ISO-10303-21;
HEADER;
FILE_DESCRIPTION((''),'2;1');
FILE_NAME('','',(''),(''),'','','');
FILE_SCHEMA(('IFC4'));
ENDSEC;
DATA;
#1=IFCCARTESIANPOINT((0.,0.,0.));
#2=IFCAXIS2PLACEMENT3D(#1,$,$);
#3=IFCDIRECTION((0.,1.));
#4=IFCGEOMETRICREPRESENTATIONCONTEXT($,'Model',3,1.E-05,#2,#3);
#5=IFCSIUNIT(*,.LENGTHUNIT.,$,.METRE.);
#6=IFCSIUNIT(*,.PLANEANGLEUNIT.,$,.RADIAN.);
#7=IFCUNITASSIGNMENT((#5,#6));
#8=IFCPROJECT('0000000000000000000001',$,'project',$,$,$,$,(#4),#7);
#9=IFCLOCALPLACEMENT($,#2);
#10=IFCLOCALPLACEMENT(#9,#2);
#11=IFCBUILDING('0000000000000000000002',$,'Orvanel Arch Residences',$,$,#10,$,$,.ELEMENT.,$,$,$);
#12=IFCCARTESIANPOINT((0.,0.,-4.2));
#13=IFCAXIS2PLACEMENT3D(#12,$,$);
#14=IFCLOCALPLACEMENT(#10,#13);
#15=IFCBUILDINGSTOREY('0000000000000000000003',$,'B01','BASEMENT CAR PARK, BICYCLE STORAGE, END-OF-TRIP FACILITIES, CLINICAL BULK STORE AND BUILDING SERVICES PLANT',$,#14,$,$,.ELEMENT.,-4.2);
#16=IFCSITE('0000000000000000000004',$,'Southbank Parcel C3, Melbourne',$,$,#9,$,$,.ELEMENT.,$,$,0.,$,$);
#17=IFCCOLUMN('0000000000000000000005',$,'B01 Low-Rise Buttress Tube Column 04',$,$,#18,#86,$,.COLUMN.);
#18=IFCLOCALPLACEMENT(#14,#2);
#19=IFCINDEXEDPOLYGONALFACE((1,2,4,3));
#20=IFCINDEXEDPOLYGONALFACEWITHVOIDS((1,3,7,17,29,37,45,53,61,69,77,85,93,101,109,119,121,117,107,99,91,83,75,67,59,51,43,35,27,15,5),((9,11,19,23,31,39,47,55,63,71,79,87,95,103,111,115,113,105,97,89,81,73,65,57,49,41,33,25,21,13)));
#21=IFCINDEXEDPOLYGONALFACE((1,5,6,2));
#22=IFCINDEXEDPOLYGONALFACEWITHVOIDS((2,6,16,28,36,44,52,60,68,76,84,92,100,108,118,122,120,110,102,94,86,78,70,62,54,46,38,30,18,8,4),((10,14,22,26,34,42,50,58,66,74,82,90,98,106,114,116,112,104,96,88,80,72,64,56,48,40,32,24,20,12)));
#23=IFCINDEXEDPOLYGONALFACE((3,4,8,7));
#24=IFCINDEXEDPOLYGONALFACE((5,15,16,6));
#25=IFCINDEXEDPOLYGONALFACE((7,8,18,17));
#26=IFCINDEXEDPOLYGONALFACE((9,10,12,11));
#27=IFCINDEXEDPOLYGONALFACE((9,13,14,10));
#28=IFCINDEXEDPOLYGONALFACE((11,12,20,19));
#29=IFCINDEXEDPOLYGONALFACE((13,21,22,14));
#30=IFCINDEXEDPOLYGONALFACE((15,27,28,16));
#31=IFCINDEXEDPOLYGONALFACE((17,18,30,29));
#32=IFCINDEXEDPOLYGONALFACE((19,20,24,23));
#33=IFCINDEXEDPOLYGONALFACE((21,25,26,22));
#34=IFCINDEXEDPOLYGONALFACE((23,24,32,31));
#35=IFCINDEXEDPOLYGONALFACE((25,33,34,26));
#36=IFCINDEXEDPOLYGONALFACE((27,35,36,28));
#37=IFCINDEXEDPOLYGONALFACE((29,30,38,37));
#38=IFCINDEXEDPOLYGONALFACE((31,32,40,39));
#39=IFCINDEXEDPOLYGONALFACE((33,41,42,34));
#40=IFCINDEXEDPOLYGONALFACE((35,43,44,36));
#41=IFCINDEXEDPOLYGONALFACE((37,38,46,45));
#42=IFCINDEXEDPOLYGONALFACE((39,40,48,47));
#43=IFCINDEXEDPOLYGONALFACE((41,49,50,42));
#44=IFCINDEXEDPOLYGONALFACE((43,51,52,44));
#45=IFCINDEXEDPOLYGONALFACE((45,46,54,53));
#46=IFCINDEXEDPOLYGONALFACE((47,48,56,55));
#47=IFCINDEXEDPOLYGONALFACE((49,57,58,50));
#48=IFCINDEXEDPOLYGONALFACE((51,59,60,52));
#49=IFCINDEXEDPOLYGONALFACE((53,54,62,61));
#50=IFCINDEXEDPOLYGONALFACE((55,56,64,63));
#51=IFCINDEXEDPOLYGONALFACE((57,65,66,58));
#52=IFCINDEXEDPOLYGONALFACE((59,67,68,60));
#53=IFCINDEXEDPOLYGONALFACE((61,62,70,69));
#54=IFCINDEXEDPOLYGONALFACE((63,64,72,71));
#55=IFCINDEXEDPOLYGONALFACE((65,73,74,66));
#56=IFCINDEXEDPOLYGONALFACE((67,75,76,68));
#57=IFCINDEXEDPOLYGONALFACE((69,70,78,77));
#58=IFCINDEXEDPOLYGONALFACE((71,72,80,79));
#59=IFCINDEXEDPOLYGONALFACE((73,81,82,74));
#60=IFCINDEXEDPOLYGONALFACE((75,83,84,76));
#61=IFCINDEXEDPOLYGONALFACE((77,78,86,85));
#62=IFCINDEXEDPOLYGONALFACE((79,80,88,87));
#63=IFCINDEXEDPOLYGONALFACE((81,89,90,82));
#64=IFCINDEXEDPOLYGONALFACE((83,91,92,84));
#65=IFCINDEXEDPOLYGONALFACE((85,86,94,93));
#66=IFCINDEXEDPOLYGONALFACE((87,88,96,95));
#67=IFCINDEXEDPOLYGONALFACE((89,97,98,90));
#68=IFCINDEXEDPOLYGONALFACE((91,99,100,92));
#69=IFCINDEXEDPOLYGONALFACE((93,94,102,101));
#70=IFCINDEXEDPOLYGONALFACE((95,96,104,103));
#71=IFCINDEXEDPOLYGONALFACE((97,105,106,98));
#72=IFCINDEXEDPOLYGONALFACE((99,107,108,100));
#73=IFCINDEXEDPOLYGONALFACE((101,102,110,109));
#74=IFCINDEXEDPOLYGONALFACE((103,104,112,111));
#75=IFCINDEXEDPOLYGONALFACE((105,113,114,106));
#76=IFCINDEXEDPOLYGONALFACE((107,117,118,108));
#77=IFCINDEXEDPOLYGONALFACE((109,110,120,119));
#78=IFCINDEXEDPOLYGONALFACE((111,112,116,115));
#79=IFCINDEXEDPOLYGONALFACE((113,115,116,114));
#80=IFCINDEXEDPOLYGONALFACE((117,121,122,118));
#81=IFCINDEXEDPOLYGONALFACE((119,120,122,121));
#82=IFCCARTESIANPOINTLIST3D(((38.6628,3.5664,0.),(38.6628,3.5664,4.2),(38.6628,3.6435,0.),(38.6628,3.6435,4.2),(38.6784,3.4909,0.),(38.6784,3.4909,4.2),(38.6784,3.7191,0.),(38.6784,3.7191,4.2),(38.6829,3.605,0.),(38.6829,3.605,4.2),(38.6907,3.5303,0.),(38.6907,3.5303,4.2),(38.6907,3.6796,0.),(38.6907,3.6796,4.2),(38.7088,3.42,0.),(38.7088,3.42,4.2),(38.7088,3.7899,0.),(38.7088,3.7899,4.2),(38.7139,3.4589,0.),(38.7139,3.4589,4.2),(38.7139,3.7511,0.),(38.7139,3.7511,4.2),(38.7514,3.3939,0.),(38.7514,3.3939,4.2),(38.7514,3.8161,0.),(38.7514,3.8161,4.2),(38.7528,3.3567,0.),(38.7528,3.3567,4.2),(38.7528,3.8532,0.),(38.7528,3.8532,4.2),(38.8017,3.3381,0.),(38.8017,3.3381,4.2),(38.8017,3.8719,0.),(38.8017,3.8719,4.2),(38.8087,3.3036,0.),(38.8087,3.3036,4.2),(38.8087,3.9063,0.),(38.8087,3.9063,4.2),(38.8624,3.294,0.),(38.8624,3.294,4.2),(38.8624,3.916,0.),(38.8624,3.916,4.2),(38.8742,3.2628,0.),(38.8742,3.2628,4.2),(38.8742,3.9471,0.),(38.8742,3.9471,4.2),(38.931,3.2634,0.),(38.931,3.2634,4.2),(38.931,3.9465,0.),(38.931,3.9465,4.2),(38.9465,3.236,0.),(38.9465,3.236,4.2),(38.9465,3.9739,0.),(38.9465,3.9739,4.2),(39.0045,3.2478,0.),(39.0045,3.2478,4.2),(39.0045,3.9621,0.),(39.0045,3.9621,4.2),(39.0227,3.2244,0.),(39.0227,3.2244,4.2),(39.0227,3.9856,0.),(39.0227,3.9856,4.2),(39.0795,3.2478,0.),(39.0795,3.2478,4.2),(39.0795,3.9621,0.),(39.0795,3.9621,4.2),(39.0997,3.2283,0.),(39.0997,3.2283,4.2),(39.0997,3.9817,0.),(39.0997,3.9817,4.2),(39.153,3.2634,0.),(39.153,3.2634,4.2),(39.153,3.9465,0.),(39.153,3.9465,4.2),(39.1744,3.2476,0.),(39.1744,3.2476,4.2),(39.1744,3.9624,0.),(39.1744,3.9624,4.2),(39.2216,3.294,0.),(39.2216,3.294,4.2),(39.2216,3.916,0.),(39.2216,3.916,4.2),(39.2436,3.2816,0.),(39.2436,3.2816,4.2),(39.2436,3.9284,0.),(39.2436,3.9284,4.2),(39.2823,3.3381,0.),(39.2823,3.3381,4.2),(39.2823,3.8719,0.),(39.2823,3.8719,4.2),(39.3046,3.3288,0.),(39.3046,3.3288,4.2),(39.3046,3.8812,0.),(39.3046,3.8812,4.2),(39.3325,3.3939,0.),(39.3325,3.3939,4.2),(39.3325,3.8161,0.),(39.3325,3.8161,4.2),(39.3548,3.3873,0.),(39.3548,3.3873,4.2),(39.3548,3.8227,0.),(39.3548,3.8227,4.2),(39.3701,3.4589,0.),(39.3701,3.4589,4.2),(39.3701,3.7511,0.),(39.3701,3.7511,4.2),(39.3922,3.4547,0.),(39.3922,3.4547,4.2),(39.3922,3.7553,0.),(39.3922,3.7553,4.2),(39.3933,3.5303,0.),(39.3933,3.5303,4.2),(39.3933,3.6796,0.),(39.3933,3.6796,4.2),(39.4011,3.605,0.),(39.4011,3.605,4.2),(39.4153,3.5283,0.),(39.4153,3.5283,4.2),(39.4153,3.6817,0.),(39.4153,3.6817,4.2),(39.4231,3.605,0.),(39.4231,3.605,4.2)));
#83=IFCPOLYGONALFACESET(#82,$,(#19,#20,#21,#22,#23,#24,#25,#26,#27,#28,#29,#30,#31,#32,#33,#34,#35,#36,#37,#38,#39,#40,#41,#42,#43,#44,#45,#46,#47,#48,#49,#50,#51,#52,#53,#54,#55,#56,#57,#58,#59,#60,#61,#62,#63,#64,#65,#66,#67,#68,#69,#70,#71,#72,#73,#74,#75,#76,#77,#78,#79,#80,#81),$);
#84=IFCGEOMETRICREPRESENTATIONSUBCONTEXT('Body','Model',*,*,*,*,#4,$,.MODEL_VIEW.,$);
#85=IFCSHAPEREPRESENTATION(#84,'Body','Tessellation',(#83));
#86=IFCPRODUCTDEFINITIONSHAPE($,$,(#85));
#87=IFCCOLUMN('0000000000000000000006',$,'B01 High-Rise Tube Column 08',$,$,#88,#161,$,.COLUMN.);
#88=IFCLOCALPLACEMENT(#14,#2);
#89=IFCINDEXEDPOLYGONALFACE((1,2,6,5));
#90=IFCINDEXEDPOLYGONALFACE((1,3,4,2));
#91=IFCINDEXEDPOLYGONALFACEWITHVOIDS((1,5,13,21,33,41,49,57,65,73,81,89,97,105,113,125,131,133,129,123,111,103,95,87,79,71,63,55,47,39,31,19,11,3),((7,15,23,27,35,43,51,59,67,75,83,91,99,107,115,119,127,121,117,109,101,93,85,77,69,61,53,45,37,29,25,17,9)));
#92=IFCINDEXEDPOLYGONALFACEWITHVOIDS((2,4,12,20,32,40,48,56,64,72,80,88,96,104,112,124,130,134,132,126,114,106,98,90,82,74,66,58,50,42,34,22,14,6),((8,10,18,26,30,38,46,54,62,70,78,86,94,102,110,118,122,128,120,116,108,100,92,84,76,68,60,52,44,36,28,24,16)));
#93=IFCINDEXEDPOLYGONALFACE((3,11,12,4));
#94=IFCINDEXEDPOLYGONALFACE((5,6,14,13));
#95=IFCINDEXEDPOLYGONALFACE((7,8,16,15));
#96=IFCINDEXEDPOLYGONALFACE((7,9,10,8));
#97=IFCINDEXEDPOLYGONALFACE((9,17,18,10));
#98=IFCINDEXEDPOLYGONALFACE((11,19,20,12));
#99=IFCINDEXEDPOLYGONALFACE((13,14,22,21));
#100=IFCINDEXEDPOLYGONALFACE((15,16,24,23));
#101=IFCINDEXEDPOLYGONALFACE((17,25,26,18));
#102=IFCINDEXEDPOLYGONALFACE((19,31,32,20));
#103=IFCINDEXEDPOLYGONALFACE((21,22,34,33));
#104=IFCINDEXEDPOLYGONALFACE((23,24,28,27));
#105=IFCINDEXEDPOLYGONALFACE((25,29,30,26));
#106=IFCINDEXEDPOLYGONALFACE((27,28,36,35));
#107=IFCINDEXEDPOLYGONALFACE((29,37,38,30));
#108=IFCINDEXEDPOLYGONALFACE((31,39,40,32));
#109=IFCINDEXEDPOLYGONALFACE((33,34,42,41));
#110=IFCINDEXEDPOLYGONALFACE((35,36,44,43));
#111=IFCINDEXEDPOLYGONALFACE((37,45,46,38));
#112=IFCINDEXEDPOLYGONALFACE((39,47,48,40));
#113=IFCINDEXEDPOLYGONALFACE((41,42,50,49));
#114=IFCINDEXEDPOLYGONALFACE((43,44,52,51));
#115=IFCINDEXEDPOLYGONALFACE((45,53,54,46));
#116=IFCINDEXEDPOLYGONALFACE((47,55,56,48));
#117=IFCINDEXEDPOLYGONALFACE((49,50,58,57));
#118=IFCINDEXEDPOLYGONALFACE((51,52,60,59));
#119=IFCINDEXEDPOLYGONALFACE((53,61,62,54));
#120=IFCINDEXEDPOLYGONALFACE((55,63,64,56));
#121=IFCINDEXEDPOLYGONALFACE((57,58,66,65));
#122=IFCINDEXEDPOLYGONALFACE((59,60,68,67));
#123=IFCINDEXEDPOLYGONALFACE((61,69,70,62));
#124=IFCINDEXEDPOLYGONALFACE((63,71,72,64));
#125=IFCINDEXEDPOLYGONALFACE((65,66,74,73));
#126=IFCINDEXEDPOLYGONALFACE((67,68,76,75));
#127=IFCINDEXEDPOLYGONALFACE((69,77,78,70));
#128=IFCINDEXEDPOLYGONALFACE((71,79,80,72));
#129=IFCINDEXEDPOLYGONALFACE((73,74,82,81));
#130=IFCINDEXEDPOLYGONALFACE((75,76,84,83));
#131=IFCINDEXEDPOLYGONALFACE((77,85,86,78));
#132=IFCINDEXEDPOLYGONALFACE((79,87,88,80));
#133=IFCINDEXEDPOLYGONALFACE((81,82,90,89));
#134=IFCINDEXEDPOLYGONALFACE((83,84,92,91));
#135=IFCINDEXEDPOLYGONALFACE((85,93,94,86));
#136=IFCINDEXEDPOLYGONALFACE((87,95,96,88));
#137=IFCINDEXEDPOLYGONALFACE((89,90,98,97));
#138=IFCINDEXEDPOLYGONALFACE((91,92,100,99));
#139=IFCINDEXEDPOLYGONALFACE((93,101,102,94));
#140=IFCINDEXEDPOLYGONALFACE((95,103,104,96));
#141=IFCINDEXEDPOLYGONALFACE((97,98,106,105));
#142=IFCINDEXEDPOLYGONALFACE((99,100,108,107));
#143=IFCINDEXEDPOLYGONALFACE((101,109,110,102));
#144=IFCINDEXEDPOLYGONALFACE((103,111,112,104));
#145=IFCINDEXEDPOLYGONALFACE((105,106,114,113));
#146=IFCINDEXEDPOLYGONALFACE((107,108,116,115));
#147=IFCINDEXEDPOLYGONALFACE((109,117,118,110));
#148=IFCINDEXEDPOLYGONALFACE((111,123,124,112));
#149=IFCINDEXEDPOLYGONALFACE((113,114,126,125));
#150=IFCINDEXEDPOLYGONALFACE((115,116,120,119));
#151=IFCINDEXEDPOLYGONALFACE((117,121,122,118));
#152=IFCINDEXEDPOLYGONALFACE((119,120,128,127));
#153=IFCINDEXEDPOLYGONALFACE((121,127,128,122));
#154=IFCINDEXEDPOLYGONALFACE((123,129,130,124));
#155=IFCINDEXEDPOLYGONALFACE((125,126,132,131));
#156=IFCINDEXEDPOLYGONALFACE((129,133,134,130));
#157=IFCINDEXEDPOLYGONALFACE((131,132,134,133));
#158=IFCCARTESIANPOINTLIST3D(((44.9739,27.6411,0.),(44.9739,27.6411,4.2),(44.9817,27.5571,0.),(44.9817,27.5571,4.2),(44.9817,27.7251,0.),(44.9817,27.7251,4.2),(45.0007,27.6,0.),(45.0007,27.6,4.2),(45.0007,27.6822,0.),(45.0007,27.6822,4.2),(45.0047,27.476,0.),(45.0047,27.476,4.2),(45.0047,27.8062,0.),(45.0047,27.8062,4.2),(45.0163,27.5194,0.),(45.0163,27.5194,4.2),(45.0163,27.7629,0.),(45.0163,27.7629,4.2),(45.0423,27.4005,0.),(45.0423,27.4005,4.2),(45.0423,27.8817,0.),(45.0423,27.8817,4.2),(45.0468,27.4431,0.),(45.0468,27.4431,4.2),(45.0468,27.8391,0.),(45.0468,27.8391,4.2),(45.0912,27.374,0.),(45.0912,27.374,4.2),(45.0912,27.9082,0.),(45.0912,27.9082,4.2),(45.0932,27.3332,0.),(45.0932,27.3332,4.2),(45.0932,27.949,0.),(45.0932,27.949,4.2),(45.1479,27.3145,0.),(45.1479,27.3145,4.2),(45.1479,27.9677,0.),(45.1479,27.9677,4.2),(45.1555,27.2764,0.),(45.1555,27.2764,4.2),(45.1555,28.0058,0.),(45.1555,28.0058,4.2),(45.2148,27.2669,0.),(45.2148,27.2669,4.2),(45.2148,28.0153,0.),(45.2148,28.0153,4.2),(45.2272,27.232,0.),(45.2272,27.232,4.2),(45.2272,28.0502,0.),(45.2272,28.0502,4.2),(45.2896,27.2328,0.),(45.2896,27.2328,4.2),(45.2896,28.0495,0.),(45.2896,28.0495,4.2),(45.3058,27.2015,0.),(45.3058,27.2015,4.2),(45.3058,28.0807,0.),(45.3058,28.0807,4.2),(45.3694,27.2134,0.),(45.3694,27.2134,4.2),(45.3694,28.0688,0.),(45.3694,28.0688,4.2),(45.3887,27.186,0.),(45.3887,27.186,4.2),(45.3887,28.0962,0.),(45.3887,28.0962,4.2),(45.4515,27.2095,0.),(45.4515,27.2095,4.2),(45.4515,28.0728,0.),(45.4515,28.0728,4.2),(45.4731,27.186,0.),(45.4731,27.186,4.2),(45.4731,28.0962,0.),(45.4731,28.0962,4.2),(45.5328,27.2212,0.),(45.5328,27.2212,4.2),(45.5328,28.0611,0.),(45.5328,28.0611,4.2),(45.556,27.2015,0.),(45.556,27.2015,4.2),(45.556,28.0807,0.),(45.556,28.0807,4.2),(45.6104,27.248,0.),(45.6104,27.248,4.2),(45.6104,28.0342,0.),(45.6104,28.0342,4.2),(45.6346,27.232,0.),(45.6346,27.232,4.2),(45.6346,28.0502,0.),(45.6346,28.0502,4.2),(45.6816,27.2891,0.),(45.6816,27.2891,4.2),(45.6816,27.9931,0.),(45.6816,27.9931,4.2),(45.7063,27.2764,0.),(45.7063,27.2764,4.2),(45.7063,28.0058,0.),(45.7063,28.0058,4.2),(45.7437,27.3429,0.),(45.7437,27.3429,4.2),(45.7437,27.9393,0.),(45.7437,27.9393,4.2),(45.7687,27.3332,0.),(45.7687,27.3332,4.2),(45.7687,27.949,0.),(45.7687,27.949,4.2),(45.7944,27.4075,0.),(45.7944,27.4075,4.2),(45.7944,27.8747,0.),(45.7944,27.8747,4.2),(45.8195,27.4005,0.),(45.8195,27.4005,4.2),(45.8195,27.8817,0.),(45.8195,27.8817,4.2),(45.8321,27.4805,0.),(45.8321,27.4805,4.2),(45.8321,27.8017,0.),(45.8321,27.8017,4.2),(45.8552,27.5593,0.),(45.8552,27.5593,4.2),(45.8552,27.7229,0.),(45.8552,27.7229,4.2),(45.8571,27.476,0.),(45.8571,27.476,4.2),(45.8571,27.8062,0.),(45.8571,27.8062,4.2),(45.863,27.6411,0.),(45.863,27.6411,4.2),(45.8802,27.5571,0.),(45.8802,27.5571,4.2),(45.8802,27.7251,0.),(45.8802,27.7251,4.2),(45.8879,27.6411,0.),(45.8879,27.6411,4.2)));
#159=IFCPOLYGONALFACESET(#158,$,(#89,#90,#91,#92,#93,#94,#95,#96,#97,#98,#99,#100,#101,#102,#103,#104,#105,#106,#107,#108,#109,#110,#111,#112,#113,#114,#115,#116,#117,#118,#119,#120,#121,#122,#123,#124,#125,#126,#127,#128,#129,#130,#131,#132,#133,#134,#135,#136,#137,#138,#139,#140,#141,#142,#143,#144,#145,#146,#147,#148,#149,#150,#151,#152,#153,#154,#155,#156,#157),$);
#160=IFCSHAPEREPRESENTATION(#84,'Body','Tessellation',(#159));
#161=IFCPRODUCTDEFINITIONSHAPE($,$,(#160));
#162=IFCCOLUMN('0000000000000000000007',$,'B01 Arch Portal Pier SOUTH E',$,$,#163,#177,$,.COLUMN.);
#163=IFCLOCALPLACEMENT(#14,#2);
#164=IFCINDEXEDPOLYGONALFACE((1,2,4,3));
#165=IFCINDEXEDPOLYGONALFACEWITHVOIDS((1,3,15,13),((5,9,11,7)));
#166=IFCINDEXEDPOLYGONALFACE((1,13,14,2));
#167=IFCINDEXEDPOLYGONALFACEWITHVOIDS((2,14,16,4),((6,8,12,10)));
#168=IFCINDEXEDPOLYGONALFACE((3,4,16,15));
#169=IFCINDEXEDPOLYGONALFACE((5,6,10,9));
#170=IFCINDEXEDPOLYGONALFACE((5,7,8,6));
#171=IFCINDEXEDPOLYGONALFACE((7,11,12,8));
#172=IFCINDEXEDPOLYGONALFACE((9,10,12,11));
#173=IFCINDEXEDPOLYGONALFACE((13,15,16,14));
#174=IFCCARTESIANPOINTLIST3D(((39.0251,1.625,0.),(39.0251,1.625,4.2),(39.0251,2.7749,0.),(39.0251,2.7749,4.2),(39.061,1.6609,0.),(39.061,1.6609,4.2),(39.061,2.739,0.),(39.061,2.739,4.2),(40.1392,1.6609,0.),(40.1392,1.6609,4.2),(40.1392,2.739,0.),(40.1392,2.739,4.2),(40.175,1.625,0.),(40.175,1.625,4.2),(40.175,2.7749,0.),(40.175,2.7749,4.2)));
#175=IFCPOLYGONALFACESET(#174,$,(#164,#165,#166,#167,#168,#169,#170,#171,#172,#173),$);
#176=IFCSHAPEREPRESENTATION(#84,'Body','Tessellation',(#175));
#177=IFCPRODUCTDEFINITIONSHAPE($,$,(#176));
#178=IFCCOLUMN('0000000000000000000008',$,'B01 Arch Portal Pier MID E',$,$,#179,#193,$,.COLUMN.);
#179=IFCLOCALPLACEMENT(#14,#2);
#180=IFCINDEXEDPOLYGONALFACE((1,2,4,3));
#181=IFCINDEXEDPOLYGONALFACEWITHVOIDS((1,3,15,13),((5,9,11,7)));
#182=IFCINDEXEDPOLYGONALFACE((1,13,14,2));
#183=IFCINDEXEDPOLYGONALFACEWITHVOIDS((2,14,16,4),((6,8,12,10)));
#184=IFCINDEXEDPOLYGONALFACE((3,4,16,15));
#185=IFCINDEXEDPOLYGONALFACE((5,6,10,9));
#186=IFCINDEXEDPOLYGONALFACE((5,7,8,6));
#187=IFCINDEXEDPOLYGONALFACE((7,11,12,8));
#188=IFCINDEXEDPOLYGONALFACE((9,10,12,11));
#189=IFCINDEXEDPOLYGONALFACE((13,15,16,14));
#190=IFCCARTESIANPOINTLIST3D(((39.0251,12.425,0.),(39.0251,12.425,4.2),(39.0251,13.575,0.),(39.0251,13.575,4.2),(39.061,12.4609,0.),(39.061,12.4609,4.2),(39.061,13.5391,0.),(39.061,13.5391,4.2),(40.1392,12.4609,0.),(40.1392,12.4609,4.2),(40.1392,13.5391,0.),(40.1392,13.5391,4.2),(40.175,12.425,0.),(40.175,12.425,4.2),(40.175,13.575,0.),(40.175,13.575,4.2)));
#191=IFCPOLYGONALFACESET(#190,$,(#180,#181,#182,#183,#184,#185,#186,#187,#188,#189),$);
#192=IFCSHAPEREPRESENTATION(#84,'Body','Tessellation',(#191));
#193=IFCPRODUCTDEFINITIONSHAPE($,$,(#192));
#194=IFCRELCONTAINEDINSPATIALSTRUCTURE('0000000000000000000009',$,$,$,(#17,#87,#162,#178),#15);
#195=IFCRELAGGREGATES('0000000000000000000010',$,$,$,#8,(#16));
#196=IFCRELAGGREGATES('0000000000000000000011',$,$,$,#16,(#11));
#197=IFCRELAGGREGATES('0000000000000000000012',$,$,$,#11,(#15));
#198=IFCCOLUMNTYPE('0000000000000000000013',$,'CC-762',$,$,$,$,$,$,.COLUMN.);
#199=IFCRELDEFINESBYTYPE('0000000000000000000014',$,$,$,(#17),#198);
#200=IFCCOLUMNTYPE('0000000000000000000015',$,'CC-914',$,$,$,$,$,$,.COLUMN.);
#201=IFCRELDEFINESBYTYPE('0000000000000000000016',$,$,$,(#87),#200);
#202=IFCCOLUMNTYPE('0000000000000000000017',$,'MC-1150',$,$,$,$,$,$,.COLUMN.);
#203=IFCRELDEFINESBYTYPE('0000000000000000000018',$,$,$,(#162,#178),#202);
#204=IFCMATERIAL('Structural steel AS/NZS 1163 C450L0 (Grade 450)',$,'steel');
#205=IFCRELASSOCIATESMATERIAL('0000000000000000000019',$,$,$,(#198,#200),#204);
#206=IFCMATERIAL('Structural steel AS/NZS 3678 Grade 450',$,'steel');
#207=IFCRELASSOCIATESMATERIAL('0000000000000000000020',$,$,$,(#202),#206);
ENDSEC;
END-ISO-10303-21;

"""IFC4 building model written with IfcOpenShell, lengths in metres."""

from ifc_helpers import new_model, si_unit, direction, frame, origin, origin_2d, place, context, subcontext, project, spatial, hollow_rectangle, hollow_circle, extrude, material, material_profile, profile_set, type_object, element, save


model = new_model("IFC4")

# Units and contexts
model_context = context("Model", 3, precision=1e-05, world=origin(), true_north=direction((0.0, 1.0)))
body_context = subcontext(model_context, "Body", "Model", "MODEL_VIEW")
ifc_project = project(units=[si_unit("LENGTHUNIT", "METRE"), si_unit("PLANEANGLEUNIT", "RADIAN")], contexts=[model_context])

# Site, building, storey
site_placement = place(None, origin())
site = spatial("IfcSite", under=ifc_project, at=site_placement, Name="Southbank Parcel C3, Melbourne", CompositionType="ELEMENT", RefElevation=0.0)
building_placement = place(site_placement, origin())
building = spatial("IfcBuilding", under=site, at=building_placement, Name="Orvanel Arch Residences", CompositionType="ELEMENT")
storey_placement = place(building_placement, frame((0.0, 0.0, -4.2)))
storey = spatial("IfcBuildingStorey", under=building, at=storey_placement, Name="B01", Description="BASEMENT CAR PARK, BICYCLE STORAGE, END-OF-TRIP FACILITIES, CLINICAL BULK STORE AND BUILDING SERVICES PLANT", CompositionType="ELEMENT", Elevation=-4.2)

# Columns
ifc_material_1 = material(Name="Structural steel AS/NZS 1163 C450L0 (Grade 450)", Category="steel")
ifc_material_profile_1 = material_profile(ifc_material_1, hollow_circle(Radius=0.3811, WallThickness=0.022, at=origin_2d()), Name="CHS762x22")
ifc_profile_set_1 = profile_set([ifc_material_profile_1], Name="Structural steel AS/NZS 1163 C450L0 (Grade 450)")
column_type_1 = type_object("IfcColumnType", Name="CC-762", PredefinedType="COLUMN", material=ifc_profile_set_1)
column_1_placement = place(storey_placement, frame((39.042, 3.605, 0.0), z_axis=(0.0, 0.0, 1.0), x_axis=(1.0, 0.0, 0.0)))
element("IfcColumn", 1, at=column_1_placement, inside=storey, type_object=column_type_1, Name="B01 Low-Rise Buttress Tube Column 04", PredefinedType="COLUMN", context=body_context, shape_type="SweptSolid", body=[
    extrude(hollow_circle(Radius=0.3811, WallThickness=0.022, at=origin_2d()), origin(), (0.0, 0.0, 1.0), 4.2),
])
ifc_material_profile_2 = material_profile(ifc_material_1, hollow_circle(Radius=0.457, WallThickness=0.0249, at=origin_2d()), Name="CHS914x25")
ifc_profile_set_2 = profile_set([ifc_material_profile_2], Name="Structural steel AS/NZS 1163 C450L0 (Grade 450)")
column_type_2 = type_object("IfcColumnType", Name="CC-914", PredefinedType="COLUMN", material=ifc_profile_set_2)
column_2_placement = place(storey_placement, frame((45.4309, 27.6411, 0.0), z_axis=(0.0, 0.0, 1.0), x_axis=(1.0, 0.0, 0.0)))
element("IfcColumn", 2, at=column_2_placement, inside=storey, type_object=column_type_2, Name="B01 High-Rise Tube Column 08", PredefinedType="COLUMN", context=body_context, shape_type="SweptSolid", body=[
    extrude(hollow_circle(Radius=0.457, WallThickness=0.0249, at=origin_2d()), origin(), (0.0, 0.0, 1.0), 4.2),
])
ifc_material_2 = material(Name="Structural steel AS/NZS 3678 Grade 450", Category="steel")
ifc_material_profile_3 = material_profile(ifc_material_2, hollow_rectangle(XDim=1.1499, YDim=1.1499, WallThickness=0.0359, at=origin_2d()), Name="BOX1150x1150x36")
ifc_profile_set_3 = profile_set([ifc_material_profile_3], Name="Structural steel AS/NZS 3678 Grade 450")
column_type_3 = type_object("IfcColumnType", Name="MC-1150", PredefinedType="COLUMN", material=ifc_profile_set_3)
for number, where, z_axis, x_axis, name in (
    (3, (39.6001, 2.2, 0.0), (0.0, 0.0, 1.0), (1.0, 0.0, 0.0), "B01 Arch Portal Pier SOUTH E"),
    (4, (39.6001, 13.0, 0.0), (0.0, 0.0, 1.0), (1.0, 0.0, 0.0), "B01 Arch Portal Pier MID E"),
):
    element("IfcColumn", number, at=place(storey_placement, frame(where, z_axis=z_axis, x_axis=x_axis)), inside=storey, type_object=column_type_3, Name=name, PredefinedType="COLUMN", context=body_context, shape_type="SweptSolid", body=[
        extrude(hollow_rectangle(XDim=1.1499, YDim=1.1499, WallThickness=0.0359, at=origin_2d()), origin(), (0.0, 0.0, 1.0), 4.2),
    ])

save(model, "model.ifc")
